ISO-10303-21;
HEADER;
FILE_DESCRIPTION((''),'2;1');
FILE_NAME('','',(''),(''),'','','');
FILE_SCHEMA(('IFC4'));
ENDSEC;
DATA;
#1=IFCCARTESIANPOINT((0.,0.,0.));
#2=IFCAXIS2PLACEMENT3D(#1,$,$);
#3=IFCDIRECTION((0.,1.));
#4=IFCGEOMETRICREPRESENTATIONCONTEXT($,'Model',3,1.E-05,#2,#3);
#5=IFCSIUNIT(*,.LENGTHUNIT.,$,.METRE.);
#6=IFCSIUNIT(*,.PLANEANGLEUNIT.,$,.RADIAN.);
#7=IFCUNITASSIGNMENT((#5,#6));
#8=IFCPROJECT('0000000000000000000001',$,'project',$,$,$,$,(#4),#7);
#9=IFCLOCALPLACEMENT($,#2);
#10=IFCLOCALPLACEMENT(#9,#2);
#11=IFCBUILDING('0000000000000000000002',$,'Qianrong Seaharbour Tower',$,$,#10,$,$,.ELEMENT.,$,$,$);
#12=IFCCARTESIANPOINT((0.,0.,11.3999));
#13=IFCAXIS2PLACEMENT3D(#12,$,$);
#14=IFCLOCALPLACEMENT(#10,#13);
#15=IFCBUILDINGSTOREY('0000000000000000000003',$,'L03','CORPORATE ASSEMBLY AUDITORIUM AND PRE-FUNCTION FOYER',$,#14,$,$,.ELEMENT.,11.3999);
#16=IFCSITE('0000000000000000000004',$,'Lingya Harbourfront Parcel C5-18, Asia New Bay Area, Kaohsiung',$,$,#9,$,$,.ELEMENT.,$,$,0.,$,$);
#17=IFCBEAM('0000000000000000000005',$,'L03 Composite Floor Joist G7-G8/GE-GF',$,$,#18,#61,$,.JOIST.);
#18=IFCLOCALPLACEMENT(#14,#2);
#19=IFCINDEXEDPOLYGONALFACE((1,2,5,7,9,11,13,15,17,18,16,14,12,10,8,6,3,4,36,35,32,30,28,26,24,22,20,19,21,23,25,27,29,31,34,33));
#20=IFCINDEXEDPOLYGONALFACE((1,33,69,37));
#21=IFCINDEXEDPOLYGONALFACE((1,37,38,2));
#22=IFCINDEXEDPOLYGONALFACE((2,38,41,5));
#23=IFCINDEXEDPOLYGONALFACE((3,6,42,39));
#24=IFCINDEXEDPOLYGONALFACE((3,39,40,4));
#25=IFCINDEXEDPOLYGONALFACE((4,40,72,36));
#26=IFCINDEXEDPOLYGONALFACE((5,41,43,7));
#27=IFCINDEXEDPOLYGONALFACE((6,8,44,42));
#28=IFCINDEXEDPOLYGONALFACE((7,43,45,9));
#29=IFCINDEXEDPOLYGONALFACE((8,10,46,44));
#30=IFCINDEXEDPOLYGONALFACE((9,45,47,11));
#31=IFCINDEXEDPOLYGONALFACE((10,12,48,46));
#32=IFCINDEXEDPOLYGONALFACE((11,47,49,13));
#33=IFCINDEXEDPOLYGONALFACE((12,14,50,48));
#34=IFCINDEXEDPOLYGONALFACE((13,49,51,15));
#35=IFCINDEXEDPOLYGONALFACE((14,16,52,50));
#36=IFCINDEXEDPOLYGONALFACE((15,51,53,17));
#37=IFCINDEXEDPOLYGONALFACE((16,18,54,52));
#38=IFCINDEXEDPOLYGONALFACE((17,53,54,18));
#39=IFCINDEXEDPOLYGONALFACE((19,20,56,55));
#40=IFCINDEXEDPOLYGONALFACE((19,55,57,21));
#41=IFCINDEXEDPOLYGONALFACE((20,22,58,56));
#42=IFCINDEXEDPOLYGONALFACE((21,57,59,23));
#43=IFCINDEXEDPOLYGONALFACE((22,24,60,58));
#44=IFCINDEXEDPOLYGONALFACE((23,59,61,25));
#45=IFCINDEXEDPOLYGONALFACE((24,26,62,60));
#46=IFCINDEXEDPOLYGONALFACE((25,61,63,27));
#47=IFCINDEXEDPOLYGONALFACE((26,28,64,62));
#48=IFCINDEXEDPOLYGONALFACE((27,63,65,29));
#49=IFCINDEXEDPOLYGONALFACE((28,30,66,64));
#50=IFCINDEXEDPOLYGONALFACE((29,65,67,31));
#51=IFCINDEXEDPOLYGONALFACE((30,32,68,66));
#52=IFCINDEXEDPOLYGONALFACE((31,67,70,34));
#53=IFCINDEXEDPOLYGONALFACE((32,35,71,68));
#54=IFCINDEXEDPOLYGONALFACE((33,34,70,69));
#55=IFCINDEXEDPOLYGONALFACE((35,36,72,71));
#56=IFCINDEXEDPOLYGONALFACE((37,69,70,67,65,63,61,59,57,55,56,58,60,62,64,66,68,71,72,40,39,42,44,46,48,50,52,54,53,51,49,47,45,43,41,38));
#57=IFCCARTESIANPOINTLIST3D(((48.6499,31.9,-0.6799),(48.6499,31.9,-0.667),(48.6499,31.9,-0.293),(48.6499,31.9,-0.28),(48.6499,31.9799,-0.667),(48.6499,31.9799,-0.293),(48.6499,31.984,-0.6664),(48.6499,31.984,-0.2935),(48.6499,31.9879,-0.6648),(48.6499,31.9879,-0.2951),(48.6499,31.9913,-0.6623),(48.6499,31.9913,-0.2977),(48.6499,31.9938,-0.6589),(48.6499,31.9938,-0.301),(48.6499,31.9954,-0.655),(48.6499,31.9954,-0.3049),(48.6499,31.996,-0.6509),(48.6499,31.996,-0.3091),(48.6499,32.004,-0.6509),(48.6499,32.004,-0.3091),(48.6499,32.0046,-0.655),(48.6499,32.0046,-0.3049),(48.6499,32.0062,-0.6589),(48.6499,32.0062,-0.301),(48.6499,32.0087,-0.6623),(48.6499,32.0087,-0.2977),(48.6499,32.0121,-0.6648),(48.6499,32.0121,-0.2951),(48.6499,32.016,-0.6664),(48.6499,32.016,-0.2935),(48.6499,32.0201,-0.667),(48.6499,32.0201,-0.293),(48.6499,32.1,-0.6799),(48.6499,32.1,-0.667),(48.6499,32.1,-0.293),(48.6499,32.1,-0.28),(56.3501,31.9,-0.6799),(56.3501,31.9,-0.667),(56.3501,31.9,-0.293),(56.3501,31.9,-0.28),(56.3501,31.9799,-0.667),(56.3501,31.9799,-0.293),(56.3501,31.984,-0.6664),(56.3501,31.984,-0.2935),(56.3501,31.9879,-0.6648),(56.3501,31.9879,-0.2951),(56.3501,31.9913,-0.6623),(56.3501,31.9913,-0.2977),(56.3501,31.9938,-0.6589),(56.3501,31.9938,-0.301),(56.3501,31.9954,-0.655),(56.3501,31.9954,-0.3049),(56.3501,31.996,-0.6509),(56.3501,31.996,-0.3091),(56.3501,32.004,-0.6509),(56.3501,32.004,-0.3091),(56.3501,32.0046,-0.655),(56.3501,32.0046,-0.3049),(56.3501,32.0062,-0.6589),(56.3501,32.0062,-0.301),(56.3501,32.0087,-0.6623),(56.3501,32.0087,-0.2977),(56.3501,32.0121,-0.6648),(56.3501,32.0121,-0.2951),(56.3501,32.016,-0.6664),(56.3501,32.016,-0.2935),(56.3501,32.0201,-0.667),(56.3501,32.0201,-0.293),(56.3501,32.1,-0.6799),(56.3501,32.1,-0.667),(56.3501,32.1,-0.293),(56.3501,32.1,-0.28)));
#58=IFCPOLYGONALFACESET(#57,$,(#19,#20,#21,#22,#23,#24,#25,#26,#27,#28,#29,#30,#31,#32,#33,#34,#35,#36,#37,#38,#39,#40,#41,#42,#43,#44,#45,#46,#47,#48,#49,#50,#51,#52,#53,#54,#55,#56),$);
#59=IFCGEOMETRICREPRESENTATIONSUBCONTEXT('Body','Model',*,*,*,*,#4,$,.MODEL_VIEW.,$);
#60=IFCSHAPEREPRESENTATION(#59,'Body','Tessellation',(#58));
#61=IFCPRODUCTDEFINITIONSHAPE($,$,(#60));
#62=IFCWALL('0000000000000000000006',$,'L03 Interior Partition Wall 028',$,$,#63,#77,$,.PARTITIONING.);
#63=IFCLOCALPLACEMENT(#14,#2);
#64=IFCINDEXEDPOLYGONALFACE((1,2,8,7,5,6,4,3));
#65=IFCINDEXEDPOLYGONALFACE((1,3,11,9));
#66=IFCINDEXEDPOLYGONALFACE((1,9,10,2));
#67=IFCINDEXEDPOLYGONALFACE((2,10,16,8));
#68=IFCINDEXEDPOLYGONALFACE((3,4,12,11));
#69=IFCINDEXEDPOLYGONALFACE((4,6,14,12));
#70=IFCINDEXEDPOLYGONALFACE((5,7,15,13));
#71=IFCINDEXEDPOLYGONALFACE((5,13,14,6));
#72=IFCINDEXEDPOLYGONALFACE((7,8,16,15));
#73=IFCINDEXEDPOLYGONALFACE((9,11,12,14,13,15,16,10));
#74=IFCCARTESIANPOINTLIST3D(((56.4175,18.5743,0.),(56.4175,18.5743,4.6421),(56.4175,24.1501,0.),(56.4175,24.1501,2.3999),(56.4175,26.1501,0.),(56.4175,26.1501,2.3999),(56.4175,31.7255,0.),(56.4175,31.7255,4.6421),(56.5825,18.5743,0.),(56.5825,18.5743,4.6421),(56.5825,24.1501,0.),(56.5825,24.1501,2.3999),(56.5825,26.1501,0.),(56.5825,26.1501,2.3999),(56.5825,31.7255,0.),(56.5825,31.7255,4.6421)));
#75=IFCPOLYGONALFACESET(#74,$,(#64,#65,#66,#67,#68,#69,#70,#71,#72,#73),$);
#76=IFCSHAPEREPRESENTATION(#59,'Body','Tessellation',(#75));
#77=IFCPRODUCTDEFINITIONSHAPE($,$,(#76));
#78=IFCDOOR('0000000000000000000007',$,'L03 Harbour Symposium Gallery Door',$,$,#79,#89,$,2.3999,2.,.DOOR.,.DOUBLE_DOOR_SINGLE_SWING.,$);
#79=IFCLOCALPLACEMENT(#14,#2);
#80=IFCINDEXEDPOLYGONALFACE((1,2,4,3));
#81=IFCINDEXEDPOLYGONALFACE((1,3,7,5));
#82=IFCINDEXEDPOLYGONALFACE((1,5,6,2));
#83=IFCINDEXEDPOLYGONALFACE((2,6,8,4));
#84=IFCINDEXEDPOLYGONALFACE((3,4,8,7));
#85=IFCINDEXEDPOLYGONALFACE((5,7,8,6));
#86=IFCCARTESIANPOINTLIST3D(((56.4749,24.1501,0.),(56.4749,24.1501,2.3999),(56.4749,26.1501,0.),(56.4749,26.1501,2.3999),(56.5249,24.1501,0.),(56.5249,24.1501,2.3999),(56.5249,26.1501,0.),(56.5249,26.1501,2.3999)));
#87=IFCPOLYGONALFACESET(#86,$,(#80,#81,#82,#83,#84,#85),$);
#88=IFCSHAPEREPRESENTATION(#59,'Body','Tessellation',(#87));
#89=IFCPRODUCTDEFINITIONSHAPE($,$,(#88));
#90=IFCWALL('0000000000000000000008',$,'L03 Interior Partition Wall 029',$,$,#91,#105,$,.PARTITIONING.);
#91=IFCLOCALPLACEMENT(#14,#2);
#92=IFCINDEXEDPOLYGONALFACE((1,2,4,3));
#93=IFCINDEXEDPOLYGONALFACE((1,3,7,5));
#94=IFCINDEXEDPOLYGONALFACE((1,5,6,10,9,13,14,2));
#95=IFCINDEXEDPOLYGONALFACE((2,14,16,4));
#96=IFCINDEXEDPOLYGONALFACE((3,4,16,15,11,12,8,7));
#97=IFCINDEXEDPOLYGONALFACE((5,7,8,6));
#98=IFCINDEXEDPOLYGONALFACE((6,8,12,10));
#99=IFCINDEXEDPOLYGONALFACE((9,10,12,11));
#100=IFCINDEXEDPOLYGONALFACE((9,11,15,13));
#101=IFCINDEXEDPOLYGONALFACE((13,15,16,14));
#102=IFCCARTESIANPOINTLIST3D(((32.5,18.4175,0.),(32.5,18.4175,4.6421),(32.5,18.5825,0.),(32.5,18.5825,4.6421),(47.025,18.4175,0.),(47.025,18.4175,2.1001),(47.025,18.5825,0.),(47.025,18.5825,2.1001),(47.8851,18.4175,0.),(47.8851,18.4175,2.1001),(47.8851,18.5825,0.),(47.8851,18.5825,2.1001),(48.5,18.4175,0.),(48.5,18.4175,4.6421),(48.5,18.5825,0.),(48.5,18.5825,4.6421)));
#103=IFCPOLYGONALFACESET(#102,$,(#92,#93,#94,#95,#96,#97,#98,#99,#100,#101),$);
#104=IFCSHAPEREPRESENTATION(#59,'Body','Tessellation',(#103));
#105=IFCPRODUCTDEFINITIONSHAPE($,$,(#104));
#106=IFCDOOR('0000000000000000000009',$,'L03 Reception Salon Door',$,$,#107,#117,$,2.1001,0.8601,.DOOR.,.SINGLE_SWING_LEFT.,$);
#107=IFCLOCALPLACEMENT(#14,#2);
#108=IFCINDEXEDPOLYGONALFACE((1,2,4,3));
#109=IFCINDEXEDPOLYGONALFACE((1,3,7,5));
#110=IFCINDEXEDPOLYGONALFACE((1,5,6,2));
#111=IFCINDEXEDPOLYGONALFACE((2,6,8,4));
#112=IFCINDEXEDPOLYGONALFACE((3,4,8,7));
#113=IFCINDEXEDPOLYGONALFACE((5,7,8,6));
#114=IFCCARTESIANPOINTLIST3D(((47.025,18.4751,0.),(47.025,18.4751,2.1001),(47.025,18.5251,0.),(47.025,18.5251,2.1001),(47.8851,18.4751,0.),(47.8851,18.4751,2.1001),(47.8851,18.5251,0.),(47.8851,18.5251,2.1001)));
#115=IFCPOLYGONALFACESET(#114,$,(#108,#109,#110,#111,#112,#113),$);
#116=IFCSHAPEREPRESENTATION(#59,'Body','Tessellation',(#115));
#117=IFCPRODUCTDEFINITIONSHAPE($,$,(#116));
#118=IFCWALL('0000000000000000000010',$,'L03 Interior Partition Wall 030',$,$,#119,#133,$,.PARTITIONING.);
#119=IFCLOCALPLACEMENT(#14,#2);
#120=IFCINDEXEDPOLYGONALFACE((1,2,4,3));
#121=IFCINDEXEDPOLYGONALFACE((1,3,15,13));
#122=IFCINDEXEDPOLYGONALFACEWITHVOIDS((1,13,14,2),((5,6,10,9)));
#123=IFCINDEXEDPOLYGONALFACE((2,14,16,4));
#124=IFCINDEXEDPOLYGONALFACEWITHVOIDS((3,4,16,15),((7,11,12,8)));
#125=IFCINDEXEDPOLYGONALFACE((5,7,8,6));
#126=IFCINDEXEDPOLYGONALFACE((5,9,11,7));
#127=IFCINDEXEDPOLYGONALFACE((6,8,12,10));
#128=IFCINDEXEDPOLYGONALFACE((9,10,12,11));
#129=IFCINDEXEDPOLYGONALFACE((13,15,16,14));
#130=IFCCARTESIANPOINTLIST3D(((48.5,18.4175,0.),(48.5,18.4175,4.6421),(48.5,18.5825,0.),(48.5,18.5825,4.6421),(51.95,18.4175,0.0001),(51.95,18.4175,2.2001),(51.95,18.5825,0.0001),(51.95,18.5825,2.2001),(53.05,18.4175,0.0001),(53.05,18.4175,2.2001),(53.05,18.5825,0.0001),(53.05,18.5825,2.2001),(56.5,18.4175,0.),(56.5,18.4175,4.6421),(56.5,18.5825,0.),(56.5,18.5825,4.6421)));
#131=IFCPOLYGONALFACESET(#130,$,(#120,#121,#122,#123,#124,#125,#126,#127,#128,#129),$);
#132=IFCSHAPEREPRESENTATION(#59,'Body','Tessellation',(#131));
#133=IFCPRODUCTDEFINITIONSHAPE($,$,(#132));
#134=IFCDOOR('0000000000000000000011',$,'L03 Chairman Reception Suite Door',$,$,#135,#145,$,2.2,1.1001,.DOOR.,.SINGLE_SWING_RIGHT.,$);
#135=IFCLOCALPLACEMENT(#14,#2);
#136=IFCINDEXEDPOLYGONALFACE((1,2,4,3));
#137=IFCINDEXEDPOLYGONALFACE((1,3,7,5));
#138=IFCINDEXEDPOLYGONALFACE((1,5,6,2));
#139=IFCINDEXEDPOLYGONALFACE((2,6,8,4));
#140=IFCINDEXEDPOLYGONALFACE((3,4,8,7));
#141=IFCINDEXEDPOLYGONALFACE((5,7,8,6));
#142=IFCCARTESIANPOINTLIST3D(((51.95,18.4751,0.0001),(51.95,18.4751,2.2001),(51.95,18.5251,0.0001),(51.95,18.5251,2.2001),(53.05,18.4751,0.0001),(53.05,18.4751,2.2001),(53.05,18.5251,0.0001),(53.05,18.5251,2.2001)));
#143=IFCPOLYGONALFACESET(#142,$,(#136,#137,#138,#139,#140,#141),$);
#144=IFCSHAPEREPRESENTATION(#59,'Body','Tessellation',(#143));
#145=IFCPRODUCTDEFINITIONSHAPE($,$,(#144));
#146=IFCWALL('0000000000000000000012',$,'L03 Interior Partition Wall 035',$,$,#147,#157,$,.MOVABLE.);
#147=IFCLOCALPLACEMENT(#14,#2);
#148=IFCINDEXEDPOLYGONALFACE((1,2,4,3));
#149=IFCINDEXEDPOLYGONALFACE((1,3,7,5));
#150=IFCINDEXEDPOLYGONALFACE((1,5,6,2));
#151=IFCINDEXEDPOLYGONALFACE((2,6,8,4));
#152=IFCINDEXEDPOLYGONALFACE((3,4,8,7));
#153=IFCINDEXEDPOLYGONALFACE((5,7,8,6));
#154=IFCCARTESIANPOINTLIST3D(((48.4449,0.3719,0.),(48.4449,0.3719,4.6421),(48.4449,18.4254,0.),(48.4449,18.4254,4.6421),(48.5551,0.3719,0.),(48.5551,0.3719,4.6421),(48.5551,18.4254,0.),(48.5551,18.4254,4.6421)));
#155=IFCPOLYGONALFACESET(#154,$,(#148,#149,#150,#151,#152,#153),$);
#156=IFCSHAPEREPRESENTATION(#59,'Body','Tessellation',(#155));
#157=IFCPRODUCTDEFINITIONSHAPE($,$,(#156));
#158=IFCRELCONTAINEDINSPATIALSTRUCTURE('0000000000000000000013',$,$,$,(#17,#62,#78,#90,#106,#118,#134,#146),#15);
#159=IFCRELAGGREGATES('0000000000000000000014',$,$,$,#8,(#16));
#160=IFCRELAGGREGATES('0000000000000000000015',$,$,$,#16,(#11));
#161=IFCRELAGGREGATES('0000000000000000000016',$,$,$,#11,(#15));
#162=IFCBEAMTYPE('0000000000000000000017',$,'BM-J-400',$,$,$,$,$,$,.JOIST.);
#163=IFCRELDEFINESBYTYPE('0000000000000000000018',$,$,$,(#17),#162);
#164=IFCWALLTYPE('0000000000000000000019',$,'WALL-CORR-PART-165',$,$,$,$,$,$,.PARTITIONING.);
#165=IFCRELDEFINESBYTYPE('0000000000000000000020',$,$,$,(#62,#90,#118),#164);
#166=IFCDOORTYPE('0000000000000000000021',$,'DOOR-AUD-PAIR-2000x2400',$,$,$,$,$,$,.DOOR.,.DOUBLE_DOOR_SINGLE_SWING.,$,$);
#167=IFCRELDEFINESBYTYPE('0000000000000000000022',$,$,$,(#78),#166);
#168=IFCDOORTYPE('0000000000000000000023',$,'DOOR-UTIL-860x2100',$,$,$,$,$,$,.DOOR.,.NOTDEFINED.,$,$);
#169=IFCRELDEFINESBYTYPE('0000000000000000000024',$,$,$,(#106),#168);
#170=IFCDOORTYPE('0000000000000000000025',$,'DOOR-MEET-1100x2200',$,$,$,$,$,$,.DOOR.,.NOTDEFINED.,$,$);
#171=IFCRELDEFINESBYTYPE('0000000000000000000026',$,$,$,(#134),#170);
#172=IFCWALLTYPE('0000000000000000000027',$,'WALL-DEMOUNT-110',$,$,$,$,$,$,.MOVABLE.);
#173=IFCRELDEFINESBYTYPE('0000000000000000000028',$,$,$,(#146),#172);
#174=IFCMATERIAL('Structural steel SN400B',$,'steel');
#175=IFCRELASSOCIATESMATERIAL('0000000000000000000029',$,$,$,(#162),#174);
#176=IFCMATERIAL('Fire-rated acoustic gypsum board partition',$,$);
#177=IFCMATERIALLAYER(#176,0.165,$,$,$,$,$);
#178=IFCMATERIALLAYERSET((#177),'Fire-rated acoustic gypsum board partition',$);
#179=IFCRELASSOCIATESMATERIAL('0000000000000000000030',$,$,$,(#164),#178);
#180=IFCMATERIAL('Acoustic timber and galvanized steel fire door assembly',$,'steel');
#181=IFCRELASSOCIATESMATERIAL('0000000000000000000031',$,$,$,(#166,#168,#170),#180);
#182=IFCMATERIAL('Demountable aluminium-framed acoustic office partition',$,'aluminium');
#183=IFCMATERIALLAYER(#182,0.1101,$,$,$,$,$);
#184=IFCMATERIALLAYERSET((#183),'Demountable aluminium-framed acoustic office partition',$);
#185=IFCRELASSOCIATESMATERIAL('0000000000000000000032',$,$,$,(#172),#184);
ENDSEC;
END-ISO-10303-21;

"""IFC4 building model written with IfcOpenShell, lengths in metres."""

from ifc_helpers import new_model, si_unit, direction, frame, frame_2d, origin, origin_2d, place, context, subcontext, project, spatial, rectangle, i_section, extrude, material, layer, layer_set, material_profile, profile_set, type_object, element, fill, save


model = new_model("IFC4")

# Units and contexts
model_context = context("Model", 3, precision=1e-05, world=origin(), true_north=direction((0.0, 1.0)))
body_context = subcontext(model_context, "Body", "Model", "MODEL_VIEW")
ifc_project = project(units=[si_unit("LENGTHUNIT", "METRE"), si_unit("PLANEANGLEUNIT", "RADIAN")], contexts=[model_context])

# Site, building, storey
site_placement = place(None, origin())
site = spatial("IfcSite", under=ifc_project, at=site_placement, Name="Lingya Harbourfront Parcel C5-18, Asia New Bay Area, Kaohsiung", CompositionType="ELEMENT", RefElevation=0.0)
building_placement = place(site_placement, origin())
building = spatial("IfcBuilding", under=site, at=building_placement, Name="Qianrong Seaharbour Tower", CompositionType="ELEMENT")
storey_placement = place(building_placement, frame((0.0, 0.0, 11.3999)))
storey = spatial("IfcBuildingStorey", under=building, at=storey_placement, Name="L03", Description="CORPORATE ASSEMBLY AUDITORIUM AND PRE-FUNCTION FOYER", CompositionType="ELEMENT", Elevation=11.3999)

# Beam
ifc_material_1 = material(Name="Structural steel SN400B", Category="steel")
ifc_material_profile_1 = material_profile(ifc_material_1, i_section(OverallWidth=0.2, OverallDepth=0.3999, WebThickness=0.0081, FlangeThickness=0.0129, FilletRadius=0.0161, at=origin_2d()), Name="H400x200x8x13")
ifc_profile_set_1 = profile_set([ifc_material_profile_1], Name="Structural steel SN400B")
beam_type_1 = type_object("IfcBeamType", Name="BM-J-400", PredefinedType="JOIST", material=ifc_profile_set_1)
for number, where, z_axis, x_axis, name in (
    (1, (48.6499, 32.0, -0.48), (1.0, 0.0, 0.0), (0.0, 1.0, 0.0), "L03 Composite Floor Joist G7-G8/GE-GF"),
):
    element("IfcBeam", number, at=place(storey_placement, frame(where, z_axis=z_axis, x_axis=x_axis)), inside=storey, type_object=beam_type_1, Name=name, PredefinedType="JOIST", context=body_context, shape_type="SweptSolid", body=[
        extrude(i_section(OverallWidth=0.2, OverallDepth=0.3999, WebThickness=0.0081, FlangeThickness=0.0129, FilletRadius=0.0161, at=origin_2d()), origin(), (0.0, 0.0, 1.0), 7.7002),
    ])

# Walls, openings, doors
ifc_material_2 = material(Name="Fire-rated acoustic gypsum board partition")
ifc_layer_1 = layer(ifc_material_2, 0.165)
ifc_layer_set_1 = layer_set([ifc_layer_1], Name="Fire-rated acoustic gypsum board partition")
wall_type_1 = type_object("IfcWallType", Name="WALL-CORR-PART-165", PredefinedType="PARTITIONING", material=ifc_layer_set_1)
wall_1_placement = place(storey_placement, frame((56.5, 31.7256, 0.0), z_axis=(0.0, 0.0, 1.0), x_axis=(0.0, -1.0, 0.0)))
wall_1 = element("IfcWall", 2, at=wall_1_placement, inside=storey, type_object=wall_type_1, Name="L03 Interior Partition Wall 028", PredefinedType="PARTITIONING", context=body_context, shape_type="SweptSolid", body=[
    extrude(rectangle(XDim=13.1511, YDim=0.165, at=frame_2d((6.5757, 0.0))), origin(), (0.0, 0.0, 1.0), 4.6421),
])
opening_1_placement = place(wall_1_placement, frame((5.5754, 0.0, 0.0)))
opening_1 = element("IfcOpeningElement", 3, at=opening_1_placement, cuts=wall_1, PredefinedType="OPENING", context=body_context, shape_type="SweptSolid", body=[
    extrude(rectangle(XDim=2.0, YDim=2.3999, at=frame_2d((1.0, 1.2))), frame((0.0, 0.0925, 0.0), z_axis=(0.0, -1.0, 0.0), x_axis=(1.0, 0.0, 0.0)), (0.0, 0.0, 1.0), 0.1851),
])
ifc_material_3 = material(Name="Acoustic timber and galvanized steel fire door assembly", Category="steel")
door_type_1 = type_object("IfcDoorType", Name="DOOR-AUD-PAIR-2000x2400", OperationType="DOUBLE_DOOR_SINGLE_SWING", PredefinedType="DOOR", material=ifc_material_3)
door_1_placement = place(opening_1_placement, origin())
door_1 = element("IfcDoor", 4, at=door_1_placement, inside=storey, type_object=door_type_1, Name="L03 Harbour Symposium Gallery Door", OperationType="DOUBLE_DOOR_SINGLE_SWING", OverallHeight=2.3999, OverallWidth=2.0, PredefinedType="DOOR", context=body_context, shape_type="SweptSolid", body=[
    extrude(rectangle(XDim=2.0, YDim=2.3999, at=frame_2d((1.0, 1.2))), frame((0.0, 0.0249, 0.0), z_axis=(0.0, -1.0, 0.0), x_axis=(1.0, 0.0, 0.0)), (0.0, 0.0, 1.0), 0.05),
])
fill(opening_1, door_1)
wall_2_placement = place(storey_placement, frame((48.5, 18.5, 0.0), z_axis=(0.0, 0.0, 1.0), x_axis=(-1.0, 0.0, 0.0)))
wall_2 = element("IfcWall", 5, at=wall_2_placement, inside=storey, type_object=wall_type_1, Name="L03 Interior Partition Wall 029", PredefinedType="PARTITIONING", context=body_context, shape_type="SweptSolid", body=[
    extrude(rectangle(XDim=16.0, YDim=0.165, at=frame_2d((8.0, 0.0))), origin(), (0.0, 0.0, 1.0), 4.6421),
])
opening_2_placement = place(wall_2_placement, frame((0.6147, 0.0, 0.0)))
opening_2 = element("IfcOpeningElement", 6, at=opening_2_placement, cuts=wall_2, PredefinedType="OPENING", context=body_context, shape_type="SweptSolid", body=[
    extrude(rectangle(XDim=0.8601, YDim=2.1001, at=frame_2d((0.4302, 1.05))), frame((0.0, 0.0925, 0.0), z_axis=(0.0, -1.0, 0.0), x_axis=(1.0, 0.0, 0.0)), (0.0, 0.0, 1.0), 0.1851),
])
door_type_2 = type_object("IfcDoorType", Name="DOOR-UTIL-860x2100", OperationType="NOTDEFINED", PredefinedType="DOOR", material=ifc_material_3)
door_2_placement = place(opening_2_placement, origin())
door_2 = element("IfcDoor", 7, at=door_2_placement, inside=storey, type_object=door_type_2, Name="L03 Reception Salon Door", OperationType="SINGLE_SWING_LEFT", OverallHeight=2.1001, OverallWidth=0.8601, PredefinedType="DOOR", context=body_context, shape_type="SweptSolid", body=[
    extrude(rectangle(XDim=0.8601, YDim=2.1001, at=frame_2d((0.4302, 1.05))), frame((0.0, 0.0249, 0.0), z_axis=(0.0, -1.0, 0.0), x_axis=(1.0, 0.0, 0.0)), (0.0, 0.0, 1.0), 0.05),
])
fill(opening_2, door_2)
wall_3_placement = place(storey_placement, frame((56.5, 18.5, 0.0), z_axis=(0.0, 0.0, 1.0), x_axis=(-1.0, 0.0, 0.0)))
wall_3 = element("IfcWall", 8, at=wall_3_placement, inside=storey, type_object=wall_type_1, Name="L03 Interior Partition Wall 030", PredefinedType="PARTITIONING", context=body_context, shape_type="SweptSolid", body=[
    extrude(rectangle(XDim=8.0, YDim=0.165, at=frame_2d((4.0, 0.0))), origin(), (0.0, 0.0, 1.0), 4.6421),
])
opening_3_placement = place(wall_3_placement, frame((3.45, 0.0, 0.0)))
opening_3 = element("IfcOpeningElement", 9, at=opening_3_placement, cuts=wall_3, PredefinedType="OPENING", context=body_context, shape_type="SweptSolid", body=[
    extrude(rectangle(XDim=1.1001, YDim=2.2, at=frame_2d((0.55, 1.1001))), frame((0.0, 0.0925, 0.0), z_axis=(0.0, -1.0, 0.0), x_axis=(1.0, 0.0, 0.0)), (0.0, 0.0, 1.0), 0.1851),
])
door_type_3 = type_object("IfcDoorType", Name="DOOR-MEET-1100x2200", OperationType="NOTDEFINED", PredefinedType="DOOR", material=ifc_material_3)
door_3_placement = place(opening_3_placement, origin())
door_3 = element("IfcDoor", 10, at=door_3_placement, inside=storey, type_object=door_type_3, Name="L03 Chairman Reception Suite Door", OperationType="SINGLE_SWING_RIGHT", OverallHeight=2.2, OverallWidth=1.1001, PredefinedType="DOOR", context=body_context, shape_type="SweptSolid", body=[
    extrude(rectangle(XDim=1.1001, YDim=2.2, at=frame_2d((0.55, 1.1001))), frame((0.0, 0.0249, 0.0), z_axis=(0.0, -1.0, 0.0), x_axis=(1.0, 0.0, 0.0)), (0.0, 0.0, 1.0), 0.05),
])
fill(opening_3, door_3)

# Wall
ifc_material_4 = material(Name="Demountable aluminium-framed acoustic office partition", Category="aluminium")
ifc_layer_2 = layer(ifc_material_4, 0.1101)
ifc_layer_set_2 = layer_set([ifc_layer_2], Name="Demountable aluminium-framed acoustic office partition")
wall_type_2 = type_object("IfcWallType", Name="WALL-DEMOUNT-110", PredefinedType="MOVABLE", material=ifc_layer_set_2)
wall_4_placement = place(storey_placement, frame((48.5, 18.4255, 0.0), z_axis=(0.0, 0.0, 1.0), x_axis=(0.0, -1.0, 0.0)))
element("IfcWall", 11, at=wall_4_placement, inside=storey, type_object=wall_type_2, Name="L03 Interior Partition Wall 035", PredefinedType="MOVABLE", context=body_context, shape_type="SweptSolid", body=[
    extrude(rectangle(XDim=18.0535, YDim=0.1101, at=frame_2d((9.0269, 0.0))), origin(), (0.0, 0.0, 1.0), 4.6421),
])

save(model, "model.ifc")
